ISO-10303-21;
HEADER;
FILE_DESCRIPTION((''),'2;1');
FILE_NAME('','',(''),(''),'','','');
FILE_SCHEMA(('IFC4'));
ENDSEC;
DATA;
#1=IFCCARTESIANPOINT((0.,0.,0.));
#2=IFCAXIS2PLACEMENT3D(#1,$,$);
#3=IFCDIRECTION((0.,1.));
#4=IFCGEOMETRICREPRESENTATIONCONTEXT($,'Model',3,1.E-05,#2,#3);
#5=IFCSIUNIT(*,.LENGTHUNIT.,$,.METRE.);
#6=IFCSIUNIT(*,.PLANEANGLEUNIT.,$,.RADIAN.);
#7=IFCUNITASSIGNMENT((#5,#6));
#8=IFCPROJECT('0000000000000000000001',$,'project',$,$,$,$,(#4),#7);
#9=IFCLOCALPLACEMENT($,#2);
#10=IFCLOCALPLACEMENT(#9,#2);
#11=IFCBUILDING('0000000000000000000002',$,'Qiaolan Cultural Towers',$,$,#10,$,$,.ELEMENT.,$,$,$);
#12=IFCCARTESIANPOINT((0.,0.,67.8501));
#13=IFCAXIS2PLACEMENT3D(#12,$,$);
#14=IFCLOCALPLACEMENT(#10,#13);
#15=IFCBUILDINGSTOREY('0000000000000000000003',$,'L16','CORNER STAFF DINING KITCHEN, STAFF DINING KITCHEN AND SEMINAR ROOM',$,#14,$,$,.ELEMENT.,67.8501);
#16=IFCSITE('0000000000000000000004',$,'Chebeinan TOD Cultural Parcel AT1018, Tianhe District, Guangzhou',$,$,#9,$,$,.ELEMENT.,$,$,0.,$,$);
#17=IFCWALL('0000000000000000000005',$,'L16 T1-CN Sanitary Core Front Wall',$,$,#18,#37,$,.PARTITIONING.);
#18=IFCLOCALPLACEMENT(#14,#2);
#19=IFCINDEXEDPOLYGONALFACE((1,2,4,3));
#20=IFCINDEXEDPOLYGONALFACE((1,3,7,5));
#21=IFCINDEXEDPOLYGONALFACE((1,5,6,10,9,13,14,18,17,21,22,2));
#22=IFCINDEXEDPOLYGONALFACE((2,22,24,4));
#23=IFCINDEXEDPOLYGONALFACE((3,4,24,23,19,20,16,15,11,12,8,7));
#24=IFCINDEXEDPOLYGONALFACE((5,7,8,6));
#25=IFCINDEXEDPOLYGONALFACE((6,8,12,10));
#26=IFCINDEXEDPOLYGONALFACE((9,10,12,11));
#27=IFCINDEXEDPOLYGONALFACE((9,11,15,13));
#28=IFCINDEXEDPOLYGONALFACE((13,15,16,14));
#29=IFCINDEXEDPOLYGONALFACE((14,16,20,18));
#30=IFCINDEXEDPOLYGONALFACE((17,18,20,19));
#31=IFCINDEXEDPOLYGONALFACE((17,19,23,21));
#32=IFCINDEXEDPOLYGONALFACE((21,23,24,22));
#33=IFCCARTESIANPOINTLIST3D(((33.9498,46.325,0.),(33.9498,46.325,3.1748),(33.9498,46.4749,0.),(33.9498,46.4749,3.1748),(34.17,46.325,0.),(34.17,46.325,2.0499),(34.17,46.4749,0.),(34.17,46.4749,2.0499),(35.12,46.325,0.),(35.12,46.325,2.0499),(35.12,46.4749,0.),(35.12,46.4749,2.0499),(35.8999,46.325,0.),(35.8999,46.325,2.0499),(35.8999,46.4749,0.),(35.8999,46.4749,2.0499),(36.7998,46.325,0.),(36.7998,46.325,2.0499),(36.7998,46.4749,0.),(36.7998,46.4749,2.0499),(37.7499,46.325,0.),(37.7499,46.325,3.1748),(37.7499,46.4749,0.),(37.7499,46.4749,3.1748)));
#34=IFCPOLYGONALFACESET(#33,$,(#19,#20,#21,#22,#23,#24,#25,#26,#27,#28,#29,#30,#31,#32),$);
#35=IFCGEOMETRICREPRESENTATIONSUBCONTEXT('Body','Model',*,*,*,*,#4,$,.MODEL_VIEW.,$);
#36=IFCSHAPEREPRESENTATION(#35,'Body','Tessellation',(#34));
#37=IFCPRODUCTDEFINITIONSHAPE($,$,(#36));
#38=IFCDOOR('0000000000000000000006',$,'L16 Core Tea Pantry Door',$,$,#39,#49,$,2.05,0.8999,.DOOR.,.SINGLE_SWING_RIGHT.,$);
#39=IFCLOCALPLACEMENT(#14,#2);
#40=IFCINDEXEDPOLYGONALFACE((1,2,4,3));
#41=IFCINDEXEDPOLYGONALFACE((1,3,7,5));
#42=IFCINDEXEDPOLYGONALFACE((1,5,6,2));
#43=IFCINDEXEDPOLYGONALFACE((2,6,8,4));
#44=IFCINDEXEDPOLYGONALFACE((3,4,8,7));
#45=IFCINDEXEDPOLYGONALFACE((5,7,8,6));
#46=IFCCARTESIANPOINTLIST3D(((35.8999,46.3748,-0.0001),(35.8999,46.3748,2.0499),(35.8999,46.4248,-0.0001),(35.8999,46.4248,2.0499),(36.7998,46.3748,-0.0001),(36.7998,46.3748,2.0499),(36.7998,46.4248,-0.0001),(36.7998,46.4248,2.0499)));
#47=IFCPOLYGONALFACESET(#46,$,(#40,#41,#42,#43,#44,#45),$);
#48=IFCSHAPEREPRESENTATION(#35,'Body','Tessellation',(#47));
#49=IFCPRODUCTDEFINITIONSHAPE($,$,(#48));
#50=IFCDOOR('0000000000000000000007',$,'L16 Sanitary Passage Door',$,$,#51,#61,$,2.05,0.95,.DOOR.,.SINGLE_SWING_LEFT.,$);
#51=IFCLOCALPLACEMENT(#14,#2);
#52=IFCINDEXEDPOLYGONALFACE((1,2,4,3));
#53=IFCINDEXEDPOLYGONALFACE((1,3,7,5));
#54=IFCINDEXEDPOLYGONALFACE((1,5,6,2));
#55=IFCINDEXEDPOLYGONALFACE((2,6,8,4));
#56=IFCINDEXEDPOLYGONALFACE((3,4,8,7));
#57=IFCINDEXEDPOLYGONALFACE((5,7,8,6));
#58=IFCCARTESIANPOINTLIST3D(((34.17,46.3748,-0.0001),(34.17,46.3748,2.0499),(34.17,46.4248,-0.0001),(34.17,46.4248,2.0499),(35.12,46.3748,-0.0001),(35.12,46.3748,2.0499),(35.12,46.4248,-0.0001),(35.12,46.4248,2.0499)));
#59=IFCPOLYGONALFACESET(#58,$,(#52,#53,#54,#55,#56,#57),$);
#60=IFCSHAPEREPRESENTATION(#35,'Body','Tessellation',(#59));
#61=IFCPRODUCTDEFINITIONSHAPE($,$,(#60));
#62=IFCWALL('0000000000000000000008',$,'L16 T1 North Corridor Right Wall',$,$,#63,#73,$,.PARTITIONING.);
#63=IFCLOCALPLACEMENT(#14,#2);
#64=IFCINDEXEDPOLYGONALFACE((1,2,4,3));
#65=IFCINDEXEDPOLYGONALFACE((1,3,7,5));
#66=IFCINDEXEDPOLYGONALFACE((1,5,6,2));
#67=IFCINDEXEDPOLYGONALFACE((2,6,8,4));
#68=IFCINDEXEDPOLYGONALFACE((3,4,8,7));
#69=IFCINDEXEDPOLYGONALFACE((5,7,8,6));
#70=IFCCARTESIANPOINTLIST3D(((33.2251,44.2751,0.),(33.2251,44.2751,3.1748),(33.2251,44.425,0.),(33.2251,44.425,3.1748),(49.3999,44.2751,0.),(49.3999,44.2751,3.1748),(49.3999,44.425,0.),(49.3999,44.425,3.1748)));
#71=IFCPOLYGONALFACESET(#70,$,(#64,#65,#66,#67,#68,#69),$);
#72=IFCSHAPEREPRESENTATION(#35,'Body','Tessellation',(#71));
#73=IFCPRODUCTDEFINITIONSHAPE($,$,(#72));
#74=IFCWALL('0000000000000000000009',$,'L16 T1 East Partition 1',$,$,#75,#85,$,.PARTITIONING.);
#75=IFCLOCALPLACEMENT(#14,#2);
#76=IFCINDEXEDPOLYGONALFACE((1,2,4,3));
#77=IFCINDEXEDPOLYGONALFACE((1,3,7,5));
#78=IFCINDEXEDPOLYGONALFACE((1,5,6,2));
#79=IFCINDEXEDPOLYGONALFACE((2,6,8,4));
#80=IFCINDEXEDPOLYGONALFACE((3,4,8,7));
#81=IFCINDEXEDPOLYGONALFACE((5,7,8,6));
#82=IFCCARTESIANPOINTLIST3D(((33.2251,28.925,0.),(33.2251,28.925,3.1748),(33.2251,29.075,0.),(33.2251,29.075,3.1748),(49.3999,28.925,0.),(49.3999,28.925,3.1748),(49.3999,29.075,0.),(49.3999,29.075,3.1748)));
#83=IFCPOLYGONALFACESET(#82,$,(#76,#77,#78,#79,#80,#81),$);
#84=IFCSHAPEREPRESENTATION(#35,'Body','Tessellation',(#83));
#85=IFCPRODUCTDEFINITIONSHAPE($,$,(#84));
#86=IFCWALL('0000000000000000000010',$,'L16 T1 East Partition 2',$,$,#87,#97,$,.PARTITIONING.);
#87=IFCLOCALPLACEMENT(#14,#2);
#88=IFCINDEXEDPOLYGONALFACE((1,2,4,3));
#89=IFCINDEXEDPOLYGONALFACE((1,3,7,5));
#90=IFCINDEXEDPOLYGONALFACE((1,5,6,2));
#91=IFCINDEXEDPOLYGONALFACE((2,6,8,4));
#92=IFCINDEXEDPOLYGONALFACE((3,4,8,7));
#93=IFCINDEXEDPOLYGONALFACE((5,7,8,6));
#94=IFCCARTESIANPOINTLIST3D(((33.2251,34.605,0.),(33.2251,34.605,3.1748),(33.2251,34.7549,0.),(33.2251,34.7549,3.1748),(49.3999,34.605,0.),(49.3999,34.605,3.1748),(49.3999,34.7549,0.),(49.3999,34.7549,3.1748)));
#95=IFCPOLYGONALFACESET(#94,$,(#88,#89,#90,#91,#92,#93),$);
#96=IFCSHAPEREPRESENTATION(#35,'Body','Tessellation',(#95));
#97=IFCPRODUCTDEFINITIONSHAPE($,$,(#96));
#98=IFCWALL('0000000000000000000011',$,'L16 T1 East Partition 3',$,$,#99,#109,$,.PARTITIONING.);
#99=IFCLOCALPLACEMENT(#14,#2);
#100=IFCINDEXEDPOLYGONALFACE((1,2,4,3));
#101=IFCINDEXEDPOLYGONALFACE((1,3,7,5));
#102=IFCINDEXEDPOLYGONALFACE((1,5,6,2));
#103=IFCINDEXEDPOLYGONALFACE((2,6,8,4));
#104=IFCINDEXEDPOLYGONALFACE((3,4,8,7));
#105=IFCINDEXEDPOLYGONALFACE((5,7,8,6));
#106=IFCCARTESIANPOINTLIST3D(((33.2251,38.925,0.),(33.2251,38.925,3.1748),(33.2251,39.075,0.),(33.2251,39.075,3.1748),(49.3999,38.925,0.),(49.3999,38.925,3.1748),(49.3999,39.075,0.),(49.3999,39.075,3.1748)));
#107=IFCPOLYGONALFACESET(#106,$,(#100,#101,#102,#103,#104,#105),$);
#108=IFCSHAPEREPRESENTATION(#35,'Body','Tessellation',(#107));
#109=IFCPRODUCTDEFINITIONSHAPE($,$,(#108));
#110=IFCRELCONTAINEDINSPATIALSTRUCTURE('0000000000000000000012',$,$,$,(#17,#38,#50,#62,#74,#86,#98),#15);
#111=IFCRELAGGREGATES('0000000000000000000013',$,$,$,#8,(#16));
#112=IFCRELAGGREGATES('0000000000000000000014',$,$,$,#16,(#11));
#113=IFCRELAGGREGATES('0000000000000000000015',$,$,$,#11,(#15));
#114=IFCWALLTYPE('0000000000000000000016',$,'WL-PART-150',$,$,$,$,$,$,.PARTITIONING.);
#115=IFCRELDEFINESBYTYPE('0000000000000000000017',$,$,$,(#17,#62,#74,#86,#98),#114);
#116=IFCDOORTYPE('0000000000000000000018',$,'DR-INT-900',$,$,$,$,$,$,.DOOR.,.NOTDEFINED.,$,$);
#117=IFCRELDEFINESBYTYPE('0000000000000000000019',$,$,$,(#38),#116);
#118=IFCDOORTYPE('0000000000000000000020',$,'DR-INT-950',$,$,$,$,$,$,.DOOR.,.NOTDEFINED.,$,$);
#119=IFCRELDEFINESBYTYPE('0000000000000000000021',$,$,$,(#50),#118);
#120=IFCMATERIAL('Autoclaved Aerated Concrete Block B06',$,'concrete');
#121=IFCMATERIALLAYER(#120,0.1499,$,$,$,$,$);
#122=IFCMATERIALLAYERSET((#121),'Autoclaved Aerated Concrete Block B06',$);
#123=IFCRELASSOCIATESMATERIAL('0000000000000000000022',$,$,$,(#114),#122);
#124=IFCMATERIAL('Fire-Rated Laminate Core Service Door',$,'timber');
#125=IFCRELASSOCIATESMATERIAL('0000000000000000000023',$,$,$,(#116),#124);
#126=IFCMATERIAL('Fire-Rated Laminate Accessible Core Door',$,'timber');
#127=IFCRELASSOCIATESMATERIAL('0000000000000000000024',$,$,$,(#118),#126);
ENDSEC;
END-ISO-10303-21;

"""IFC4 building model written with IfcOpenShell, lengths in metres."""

from ifc_helpers import new_model, si_unit, direction, frame, frame_2d, origin, place, context, subcontext, project, spatial, rectangle, extrude, material, layer, layer_set, type_object, element, fill, save


model = new_model("IFC4")

# Units and contexts
model_context = context("Model", 3, precision=1e-05, world=origin(), true_north=direction((0.0, 1.0)))
body_context = subcontext(model_context, "Body", "Model", "MODEL_VIEW")
ifc_project = project(units=[si_unit("LENGTHUNIT", "METRE"), si_unit("PLANEANGLEUNIT", "RADIAN")], contexts=[model_context])

# Site, building, storey
site_placement = place(None, origin())
site = spatial("IfcSite", under=ifc_project, at=site_placement, Name="Chebeinan TOD Cultural Parcel AT1018, Tianhe District, Guangzhou", CompositionType="ELEMENT", RefElevation=0.0)
building_placement = place(site_placement, origin())
building = spatial("IfcBuilding", under=site, at=building_placement, Name="Qiaolan Cultural Towers", CompositionType="ELEMENT")
storey_placement = place(building_placement, frame((0.0, 0.0, 67.8501)))
storey = spatial("IfcBuildingStorey", under=building, at=storey_placement, Name="L16", Description="CORNER STAFF DINING KITCHEN, STAFF DINING KITCHEN AND SEMINAR ROOM", CompositionType="ELEMENT", Elevation=67.8501)

# Shared definitions
ifc_material_1 = material(Name="Autoclaved Aerated Concrete Block B06", Category="concrete")
ifc_layer_1 = layer(ifc_material_1, 0.1499)
ifc_layer_set_1 = layer_set([ifc_layer_1], Name="Autoclaved Aerated Concrete Block B06")
wall_type_1 = type_object("IfcWallType", Name="WL-PART-150", PredefinedType="PARTITIONING", material=ifc_layer_set_1)

# Wall, openings, doors
wall_1_placement = place(storey_placement, frame((33.95, 46.3999, 0.0), z_axis=(0.0, 0.0, 1.0), x_axis=(1.0, 0.0, 0.0)))
wall_1 = element("IfcWall", 1, at=wall_1_placement, inside=storey, type_object=wall_type_1, Name="L16 T1-CN Sanitary Core Front Wall", PredefinedType="PARTITIONING", context=body_context, shape_type="SweptSolid", body=[
    extrude(rectangle(XDim=3.8, YDim=0.1499, at=frame_2d((1.8999, 0.0))), origin(), (0.0, 0.0, 1.0), 3.1748),
])
opening_1_placement = place(wall_1_placement, frame((0.22, 0.0, 0.0)))
opening_1 = element("IfcOpeningElement", 2, at=opening_1_placement, cuts=wall_1, PredefinedType="OPENING", context=body_context, shape_type="SweptSolid", body=[
    extrude(rectangle(XDim=0.95, YDim=2.05, at=frame_2d((0.4751, 1.0249))), frame((0.0, 0.085, 0.0), z_axis=(0.0, -1.0, 0.0), x_axis=(1.0, 0.0, 0.0)), (0.0, 0.0, 1.0), 0.1699),
])
opening_2_placement = place(wall_1_placement, frame((1.95, 0.0, 0.0)))
opening_2 = element("IfcOpeningElement", 3, at=opening_2_placement, cuts=wall_1, PredefinedType="OPENING", context=body_context, shape_type="SweptSolid", body=[
    extrude(rectangle(XDim=0.8999, YDim=2.05, at=frame_2d((0.45, 1.0249))), frame((0.0, 0.085, 0.0), z_axis=(0.0, -1.0, 0.0), x_axis=(1.0, 0.0, 0.0)), (0.0, 0.0, 1.0), 0.1699),
])
ifc_material_2 = material(Name="Fire-Rated Laminate Core Service Door", Category="timber")
door_type_1 = type_object("IfcDoorType", Name="DR-INT-900", OperationType="NOTDEFINED", PredefinedType="DOOR", material=ifc_material_2)
door_1_placement = place(opening_2_placement, origin())
door_1 = element("IfcDoor", 4, at=door_1_placement, inside=storey, type_object=door_type_1, Name="L16 Core Tea Pantry Door", OperationType="SINGLE_SWING_RIGHT", OverallHeight=2.05, OverallWidth=0.8999, PredefinedType="DOOR", context=body_context, shape_type="SweptSolid", body=[
    extrude(rectangle(XDim=0.8999, YDim=2.05, at=frame_2d((0.45, 1.0249))), frame((0.0, 0.0249, 0.0), z_axis=(0.0, -1.0, 0.0), x_axis=(1.0, 0.0, 0.0)), (0.0, 0.0, 1.0), 0.05),
])
fill(opening_2, door_1)
ifc_material_3 = material(Name="Fire-Rated Laminate Accessible Core Door", Category="timber")
door_type_2 = type_object("IfcDoorType", Name="DR-INT-950", OperationType="NOTDEFINED", PredefinedType="DOOR", material=ifc_material_3)
door_2_placement = place(opening_1_placement, origin())
door_2 = element("IfcDoor", 5, at=door_2_placement, inside=storey, type_object=door_type_2, Name="L16 Sanitary Passage Door", OperationType="SINGLE_SWING_LEFT", OverallHeight=2.05, OverallWidth=0.95, PredefinedType="DOOR", context=body_context, shape_type="SweptSolid", body=[
    extrude(rectangle(XDim=0.95, YDim=2.05, at=frame_2d((0.4751, 1.0249))), frame((0.0, 0.0249, 0.0), z_axis=(0.0, -1.0, 0.0), x_axis=(1.0, 0.0, 0.0)), (0.0, 0.0, 1.0), 0.05),
])
fill(opening_1, door_2)

# Walls
for number, where, z_axis, x_axis, name in (
    (6, (33.2251, 44.3501, 0.0), (0.0, 0.0, 1.0), (1.0, 0.0, 0.0), "L16 T1 North Corridor Right Wall"),
    (7, (33.2251, 29.0, 0.0), (0.0, 0.0, 1.0), (1.0, 0.0, 0.0), "L16 T1 East Partition 1"),
    (8, (33.2251, 34.6799, 0.0), (0.0, 0.0, 1.0), (1.0, 0.0, 0.0), "L16 T1 East Partition 2"),
    (9, (33.2251, 39.0, 0.0), (0.0, 0.0, 1.0), (1.0, 0.0, 0.0), "L16 T1 East Partition 3"),
):
    element("IfcWall", number, at=place(storey_placement, frame(where, z_axis=z_axis, x_axis=x_axis)), inside=storey, type_object=wall_type_1, Name=name, PredefinedType="PARTITIONING", context=body_context, shape_type="SweptSolid", body=[
        extrude(rectangle(XDim=16.1748, YDim=0.1499, at=frame_2d((8.0874, 0.0))), origin(), (0.0, 0.0, 1.0), 3.1748),
    ])

save(model, "model.ifc")
